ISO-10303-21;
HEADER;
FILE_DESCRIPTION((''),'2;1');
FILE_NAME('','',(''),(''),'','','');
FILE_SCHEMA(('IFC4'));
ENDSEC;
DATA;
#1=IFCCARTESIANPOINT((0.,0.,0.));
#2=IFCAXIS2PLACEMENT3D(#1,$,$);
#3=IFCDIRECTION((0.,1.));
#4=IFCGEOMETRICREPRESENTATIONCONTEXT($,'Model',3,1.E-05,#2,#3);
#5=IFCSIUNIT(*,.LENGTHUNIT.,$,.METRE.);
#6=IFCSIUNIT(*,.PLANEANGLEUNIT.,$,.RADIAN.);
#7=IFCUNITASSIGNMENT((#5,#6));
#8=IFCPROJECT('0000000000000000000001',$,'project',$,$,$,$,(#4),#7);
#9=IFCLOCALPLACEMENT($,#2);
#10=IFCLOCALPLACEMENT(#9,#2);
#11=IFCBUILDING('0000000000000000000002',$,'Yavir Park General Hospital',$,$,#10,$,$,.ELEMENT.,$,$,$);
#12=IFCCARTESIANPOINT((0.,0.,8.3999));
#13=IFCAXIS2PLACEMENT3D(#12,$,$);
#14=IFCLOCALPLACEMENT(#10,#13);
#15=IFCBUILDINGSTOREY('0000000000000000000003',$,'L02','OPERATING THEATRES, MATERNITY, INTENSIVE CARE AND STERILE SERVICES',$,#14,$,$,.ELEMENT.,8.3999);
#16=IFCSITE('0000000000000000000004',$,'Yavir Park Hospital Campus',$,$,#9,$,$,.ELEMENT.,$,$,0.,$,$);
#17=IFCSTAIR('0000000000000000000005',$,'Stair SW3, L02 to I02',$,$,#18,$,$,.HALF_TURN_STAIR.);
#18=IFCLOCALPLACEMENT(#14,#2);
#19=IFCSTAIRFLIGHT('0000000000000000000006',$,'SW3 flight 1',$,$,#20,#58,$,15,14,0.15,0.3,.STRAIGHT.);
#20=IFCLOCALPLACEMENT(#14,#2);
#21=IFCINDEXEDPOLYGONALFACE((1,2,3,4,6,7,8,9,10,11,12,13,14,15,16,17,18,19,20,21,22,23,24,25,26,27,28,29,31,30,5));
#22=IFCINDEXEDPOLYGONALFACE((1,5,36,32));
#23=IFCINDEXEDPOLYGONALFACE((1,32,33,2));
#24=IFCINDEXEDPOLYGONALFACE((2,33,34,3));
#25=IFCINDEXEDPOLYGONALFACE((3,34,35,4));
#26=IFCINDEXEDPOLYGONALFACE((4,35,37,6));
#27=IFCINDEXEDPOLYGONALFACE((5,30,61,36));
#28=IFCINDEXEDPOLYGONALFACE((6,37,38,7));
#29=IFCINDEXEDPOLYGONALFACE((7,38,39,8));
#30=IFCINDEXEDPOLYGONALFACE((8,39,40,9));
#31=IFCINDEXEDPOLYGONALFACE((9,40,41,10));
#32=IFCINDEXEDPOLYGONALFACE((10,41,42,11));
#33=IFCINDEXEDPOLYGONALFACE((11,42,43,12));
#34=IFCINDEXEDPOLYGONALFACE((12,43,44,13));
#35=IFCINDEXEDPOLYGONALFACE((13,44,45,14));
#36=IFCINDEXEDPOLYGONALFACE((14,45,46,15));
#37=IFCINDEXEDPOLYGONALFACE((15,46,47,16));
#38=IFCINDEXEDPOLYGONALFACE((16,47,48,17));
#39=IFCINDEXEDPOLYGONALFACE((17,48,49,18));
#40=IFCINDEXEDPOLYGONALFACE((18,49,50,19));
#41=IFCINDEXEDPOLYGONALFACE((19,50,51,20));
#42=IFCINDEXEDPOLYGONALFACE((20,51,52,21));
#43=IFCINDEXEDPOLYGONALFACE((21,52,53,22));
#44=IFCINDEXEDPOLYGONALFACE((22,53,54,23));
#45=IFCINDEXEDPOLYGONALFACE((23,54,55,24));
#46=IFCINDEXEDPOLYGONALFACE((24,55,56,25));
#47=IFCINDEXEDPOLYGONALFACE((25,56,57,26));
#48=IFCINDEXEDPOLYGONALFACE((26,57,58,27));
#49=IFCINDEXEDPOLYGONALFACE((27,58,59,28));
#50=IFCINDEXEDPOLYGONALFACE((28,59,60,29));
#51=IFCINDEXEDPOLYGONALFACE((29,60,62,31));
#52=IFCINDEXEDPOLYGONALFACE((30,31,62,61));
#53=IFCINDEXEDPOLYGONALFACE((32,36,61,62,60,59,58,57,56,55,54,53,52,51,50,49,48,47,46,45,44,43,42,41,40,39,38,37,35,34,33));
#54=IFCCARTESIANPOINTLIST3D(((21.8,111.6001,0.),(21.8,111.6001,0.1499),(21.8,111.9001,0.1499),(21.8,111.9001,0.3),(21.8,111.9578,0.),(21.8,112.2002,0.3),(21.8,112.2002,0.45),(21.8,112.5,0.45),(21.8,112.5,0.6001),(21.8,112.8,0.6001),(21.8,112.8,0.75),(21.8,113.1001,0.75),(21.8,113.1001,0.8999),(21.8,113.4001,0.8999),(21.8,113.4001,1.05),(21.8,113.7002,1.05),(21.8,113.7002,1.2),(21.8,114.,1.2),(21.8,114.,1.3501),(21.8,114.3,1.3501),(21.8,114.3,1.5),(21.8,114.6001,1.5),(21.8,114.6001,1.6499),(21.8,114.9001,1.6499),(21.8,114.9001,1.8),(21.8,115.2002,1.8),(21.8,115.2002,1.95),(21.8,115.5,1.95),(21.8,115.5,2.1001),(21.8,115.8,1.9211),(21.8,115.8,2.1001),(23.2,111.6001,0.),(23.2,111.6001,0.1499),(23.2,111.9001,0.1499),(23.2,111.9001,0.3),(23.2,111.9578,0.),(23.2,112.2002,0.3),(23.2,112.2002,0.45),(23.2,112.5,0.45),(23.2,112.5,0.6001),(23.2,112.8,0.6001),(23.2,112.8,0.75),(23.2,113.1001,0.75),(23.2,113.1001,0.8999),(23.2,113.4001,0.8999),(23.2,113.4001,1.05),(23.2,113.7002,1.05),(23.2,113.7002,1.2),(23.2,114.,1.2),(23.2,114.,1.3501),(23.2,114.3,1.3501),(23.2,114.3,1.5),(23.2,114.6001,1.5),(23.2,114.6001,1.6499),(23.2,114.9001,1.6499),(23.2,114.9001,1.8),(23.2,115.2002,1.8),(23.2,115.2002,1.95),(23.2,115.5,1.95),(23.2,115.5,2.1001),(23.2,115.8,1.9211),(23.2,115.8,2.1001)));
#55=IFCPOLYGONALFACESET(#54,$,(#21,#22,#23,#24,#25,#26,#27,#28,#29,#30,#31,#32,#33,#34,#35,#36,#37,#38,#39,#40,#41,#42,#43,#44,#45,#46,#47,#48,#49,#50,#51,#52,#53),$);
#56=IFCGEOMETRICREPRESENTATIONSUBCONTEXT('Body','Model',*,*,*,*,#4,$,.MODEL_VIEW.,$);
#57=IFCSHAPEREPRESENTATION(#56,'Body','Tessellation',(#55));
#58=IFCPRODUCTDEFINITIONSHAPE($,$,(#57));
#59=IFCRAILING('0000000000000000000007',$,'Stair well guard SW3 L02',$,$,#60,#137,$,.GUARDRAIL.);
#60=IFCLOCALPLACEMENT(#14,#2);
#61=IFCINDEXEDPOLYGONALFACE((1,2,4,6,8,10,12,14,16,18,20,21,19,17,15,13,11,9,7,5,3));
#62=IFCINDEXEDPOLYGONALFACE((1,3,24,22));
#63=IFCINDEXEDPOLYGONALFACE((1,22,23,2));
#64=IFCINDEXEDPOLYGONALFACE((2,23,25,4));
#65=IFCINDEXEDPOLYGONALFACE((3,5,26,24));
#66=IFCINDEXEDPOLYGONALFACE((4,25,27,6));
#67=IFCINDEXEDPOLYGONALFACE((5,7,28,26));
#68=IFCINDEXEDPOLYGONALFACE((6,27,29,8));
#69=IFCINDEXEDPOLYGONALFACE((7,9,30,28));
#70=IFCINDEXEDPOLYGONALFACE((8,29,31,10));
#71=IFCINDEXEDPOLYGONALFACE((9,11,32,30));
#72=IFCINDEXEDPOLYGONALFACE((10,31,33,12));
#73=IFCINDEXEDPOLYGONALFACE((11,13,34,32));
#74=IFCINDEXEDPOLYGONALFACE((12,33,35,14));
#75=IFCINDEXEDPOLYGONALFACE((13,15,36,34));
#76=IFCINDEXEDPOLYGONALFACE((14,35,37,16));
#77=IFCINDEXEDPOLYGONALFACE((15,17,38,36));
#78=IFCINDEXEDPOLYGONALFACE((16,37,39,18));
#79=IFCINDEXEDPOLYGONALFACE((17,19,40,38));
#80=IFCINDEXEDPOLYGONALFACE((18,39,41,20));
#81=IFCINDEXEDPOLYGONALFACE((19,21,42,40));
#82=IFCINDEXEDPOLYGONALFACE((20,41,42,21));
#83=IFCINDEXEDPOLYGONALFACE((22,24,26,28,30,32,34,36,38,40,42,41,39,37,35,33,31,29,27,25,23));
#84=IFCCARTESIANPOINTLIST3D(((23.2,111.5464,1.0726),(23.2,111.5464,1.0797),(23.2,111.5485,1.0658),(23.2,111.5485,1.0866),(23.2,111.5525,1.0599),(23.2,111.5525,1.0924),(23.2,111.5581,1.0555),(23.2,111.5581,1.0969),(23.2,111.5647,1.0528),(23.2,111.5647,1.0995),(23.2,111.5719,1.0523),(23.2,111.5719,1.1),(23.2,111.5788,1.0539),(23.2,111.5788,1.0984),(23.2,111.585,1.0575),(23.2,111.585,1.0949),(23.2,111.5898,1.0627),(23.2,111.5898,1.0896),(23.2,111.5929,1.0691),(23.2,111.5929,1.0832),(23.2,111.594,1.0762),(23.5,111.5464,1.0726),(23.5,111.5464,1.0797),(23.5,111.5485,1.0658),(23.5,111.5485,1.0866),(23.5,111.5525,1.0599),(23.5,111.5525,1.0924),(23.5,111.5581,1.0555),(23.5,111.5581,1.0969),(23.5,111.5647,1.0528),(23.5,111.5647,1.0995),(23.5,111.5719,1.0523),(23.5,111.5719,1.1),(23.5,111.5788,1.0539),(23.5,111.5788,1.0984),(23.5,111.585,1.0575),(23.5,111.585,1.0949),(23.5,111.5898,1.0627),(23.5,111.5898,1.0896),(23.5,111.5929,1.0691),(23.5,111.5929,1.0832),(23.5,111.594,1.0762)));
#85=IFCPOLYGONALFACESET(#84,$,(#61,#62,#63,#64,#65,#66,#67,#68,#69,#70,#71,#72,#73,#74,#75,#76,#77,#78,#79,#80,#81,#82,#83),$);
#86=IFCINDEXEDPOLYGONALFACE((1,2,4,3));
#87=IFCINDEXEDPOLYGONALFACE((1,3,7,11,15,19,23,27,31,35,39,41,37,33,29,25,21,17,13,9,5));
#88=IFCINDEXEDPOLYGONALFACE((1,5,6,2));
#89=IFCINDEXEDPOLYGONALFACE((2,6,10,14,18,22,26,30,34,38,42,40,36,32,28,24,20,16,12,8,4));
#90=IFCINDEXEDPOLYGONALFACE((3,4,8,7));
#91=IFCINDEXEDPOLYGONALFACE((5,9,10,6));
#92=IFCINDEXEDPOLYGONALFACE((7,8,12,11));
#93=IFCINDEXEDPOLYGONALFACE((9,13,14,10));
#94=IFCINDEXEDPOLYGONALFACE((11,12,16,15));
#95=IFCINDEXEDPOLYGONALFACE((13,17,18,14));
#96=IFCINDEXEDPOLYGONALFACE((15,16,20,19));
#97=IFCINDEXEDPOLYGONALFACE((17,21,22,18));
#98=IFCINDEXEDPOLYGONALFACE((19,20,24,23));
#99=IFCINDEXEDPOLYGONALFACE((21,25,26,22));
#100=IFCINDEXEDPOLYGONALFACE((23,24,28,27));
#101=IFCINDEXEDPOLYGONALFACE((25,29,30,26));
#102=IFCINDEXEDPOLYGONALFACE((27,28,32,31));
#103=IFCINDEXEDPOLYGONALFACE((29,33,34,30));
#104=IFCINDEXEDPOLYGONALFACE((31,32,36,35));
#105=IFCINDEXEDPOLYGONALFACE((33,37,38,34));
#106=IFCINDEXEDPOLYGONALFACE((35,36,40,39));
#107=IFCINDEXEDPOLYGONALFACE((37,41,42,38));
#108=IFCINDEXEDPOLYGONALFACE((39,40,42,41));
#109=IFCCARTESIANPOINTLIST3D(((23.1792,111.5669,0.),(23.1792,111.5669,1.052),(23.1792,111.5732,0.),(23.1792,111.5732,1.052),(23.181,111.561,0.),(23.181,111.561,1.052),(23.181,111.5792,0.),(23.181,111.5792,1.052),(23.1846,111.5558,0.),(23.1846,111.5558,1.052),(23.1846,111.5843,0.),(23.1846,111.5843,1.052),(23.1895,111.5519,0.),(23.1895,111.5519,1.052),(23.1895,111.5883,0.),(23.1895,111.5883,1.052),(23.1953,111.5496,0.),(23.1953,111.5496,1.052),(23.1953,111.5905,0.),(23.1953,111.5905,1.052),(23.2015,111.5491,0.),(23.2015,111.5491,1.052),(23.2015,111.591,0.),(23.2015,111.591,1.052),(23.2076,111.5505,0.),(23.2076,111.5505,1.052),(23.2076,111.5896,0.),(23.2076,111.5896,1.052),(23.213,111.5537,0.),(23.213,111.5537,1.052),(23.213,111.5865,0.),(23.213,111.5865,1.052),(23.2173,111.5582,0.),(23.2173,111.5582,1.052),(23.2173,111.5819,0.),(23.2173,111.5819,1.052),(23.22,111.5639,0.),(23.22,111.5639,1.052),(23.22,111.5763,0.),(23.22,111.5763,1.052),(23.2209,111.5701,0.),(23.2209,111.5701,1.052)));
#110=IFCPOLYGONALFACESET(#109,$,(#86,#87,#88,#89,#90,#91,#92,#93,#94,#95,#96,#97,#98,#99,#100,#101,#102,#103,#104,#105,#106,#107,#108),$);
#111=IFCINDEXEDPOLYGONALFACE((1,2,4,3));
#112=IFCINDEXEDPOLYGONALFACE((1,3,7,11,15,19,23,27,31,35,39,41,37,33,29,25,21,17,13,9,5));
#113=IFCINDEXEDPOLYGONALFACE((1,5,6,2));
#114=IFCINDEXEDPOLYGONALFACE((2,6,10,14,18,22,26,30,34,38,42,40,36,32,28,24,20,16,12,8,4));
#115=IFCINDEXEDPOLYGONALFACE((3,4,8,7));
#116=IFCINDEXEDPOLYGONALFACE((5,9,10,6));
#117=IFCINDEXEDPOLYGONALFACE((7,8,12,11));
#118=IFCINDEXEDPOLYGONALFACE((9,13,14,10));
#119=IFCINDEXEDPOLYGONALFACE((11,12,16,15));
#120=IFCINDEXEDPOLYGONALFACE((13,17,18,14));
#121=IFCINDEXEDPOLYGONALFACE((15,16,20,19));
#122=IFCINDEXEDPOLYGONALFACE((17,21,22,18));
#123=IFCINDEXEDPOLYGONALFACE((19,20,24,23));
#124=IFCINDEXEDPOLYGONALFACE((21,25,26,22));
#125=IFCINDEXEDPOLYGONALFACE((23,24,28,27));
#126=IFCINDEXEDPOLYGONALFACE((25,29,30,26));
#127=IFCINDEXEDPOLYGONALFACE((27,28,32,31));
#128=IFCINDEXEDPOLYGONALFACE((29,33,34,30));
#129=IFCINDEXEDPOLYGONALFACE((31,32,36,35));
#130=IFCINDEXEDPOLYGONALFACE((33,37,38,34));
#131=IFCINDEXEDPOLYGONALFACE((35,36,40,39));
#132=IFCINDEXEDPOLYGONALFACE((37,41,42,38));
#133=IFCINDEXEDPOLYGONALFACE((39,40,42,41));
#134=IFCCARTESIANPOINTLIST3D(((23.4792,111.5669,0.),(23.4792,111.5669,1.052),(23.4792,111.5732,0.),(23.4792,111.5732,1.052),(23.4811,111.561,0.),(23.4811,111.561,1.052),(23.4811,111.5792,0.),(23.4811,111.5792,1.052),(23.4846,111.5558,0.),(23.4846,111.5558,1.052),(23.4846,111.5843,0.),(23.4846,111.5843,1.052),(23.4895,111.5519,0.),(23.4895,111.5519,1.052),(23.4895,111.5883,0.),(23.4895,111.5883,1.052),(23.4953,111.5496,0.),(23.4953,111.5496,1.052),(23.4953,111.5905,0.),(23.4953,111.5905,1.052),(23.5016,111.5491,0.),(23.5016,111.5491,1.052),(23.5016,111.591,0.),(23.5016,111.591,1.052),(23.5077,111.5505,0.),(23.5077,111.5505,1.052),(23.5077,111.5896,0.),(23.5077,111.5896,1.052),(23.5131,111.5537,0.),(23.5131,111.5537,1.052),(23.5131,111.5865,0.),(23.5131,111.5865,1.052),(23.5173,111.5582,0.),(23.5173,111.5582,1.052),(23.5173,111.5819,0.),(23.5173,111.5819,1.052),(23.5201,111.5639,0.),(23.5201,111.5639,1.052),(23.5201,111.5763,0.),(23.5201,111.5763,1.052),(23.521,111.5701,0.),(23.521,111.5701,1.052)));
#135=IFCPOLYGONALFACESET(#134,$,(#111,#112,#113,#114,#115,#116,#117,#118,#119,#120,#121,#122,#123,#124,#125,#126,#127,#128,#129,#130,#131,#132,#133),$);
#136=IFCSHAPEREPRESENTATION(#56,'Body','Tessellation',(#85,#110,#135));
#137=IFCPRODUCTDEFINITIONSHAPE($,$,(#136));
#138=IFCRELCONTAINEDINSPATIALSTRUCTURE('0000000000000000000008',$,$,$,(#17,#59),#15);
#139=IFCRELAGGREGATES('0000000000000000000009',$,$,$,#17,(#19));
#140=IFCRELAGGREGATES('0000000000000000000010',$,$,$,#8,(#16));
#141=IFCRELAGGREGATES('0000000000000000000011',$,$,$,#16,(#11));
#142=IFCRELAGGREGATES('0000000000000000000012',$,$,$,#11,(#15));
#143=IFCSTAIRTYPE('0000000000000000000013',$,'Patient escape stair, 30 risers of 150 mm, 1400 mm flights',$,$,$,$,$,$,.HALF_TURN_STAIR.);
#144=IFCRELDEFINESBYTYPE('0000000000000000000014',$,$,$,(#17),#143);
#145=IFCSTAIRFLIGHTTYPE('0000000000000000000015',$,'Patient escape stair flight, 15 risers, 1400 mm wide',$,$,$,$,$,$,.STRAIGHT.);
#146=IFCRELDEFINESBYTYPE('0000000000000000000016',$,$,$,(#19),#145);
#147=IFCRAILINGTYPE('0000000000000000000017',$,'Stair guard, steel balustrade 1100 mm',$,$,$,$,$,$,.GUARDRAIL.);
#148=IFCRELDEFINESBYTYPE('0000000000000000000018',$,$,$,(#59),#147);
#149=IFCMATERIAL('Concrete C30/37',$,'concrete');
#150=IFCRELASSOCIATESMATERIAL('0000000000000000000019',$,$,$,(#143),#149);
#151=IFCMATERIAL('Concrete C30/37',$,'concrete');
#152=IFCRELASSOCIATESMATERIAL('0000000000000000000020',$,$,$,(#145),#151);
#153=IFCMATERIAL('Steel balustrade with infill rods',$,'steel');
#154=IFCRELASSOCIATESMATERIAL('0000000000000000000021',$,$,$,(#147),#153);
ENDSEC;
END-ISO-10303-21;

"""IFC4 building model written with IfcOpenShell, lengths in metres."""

from ifc_helpers import new_model, si_unit, direction, frame, origin, origin_2d, place, context, subcontext, project, spatial, polyline, circle, outline, extrude, material, type_object, element, aggregate, save


model = new_model("IFC4")

# Units and contexts
model_context = context("Model", 3, precision=1e-05, world=origin(), true_north=direction((0.0, 1.0)))
body_context = subcontext(model_context, "Body", "Model", "MODEL_VIEW")
ifc_project = project(units=[si_unit("LENGTHUNIT", "METRE"), si_unit("PLANEANGLEUNIT", "RADIAN")], contexts=[model_context])

# Site, building, storey
site_placement = place(None, origin())
site = spatial("IfcSite", under=ifc_project, at=site_placement, Name="Yavir Park Hospital Campus", CompositionType="ELEMENT", RefElevation=0.0)
building_placement = place(site_placement, origin())
building = spatial("IfcBuilding", under=site, at=building_placement, Name="Yavir Park General Hospital", CompositionType="ELEMENT")
storey_placement = place(building_placement, frame((0.0, 0.0, 8.3999)))
storey = spatial("IfcBuildingStorey", under=building, at=storey_placement, Name="L02", Description="OPERATING THEATRES, MATERNITY, INTENSIVE CARE AND STERILE SERVICES", CompositionType="ELEMENT", Elevation=8.3999)

# Stair, stair flight
ifc_material_1 = material(Name="Concrete C30/37", Category="concrete")
stair_type = type_object("IfcStairType", Name="Patient escape stair, 30 risers of 150 mm, 1400 mm flights", PredefinedType="HALF_TURN_STAIR", material=ifc_material_1)
stair_placement = place(storey_placement, origin())
stair = element("IfcStair", 1, at=stair_placement, inside=storey, type_object=stair_type, Name="Stair SW3, L02 to I02", PredefinedType="HALF_TURN_STAIR")
ifc_material_2 = material(Name="Concrete C30/37", Category="concrete")
stair_flight_type = type_object("IfcStairFlightType", Name="Patient escape stair flight, 15 risers, 1400 mm wide", PredefinedType="STRAIGHT", material=ifc_material_2)
stair_flight_placement = place(storey_placement, frame((22.5, 111.6001, 0.0), z_axis=(0.0, 0.0, 1.0), x_axis=(0.0, 1.0, 0.0)))
stair_flight = element("IfcStairFlight", 2, at=stair_flight_placement, type_object=stair_flight_type, Name="SW3 flight 1", NumberOfRisers=15, NumberOfTreads=14, PredefinedType="STRAIGHT", RiserHeight=0.15, TreadLength=0.3, context=body_context, shape_type="SweptSolid", body=[
    extrude(outline(polyline([(0.0, 0.0), (0.0, 0.1499), (0.3, 0.1499), (0.3, 0.3), (0.6001, 0.3), (0.6001, 0.45), (0.8999, 0.45), (0.8999, 0.6001), (1.2, 0.6001), (1.2, 0.75), (1.5, 0.75), (1.5, 0.8999), (1.8, 0.8999), (1.8, 1.05), (2.1001, 1.05), (2.1001, 1.2), (2.3999, 1.2), (2.3999, 1.3501), (2.7, 1.3501), (2.7, 1.5), (3.0, 1.5), (3.0, 1.6499), (3.3, 1.6499), (3.3, 1.8), (3.6001, 1.8), (3.6001, 1.95), (3.8999, 1.95), (3.8999, 2.1001), (4.2, 2.1001), (4.2, 2.25), (4.2, 1.9211), (0.3577, 0.0), (0.0, 0.0)])), frame((0.0, 0.7, 0.0), z_axis=(0.0, -1.0, 0.0), x_axis=(1.0, 0.0, 0.0)), (0.0, 0.0, 1.0), 1.3999),
])
aggregate(stair, [stair_flight])

# Railing
ifc_material_3 = material(Name="Steel balustrade with infill rods", Category="steel")
railing_type_1 = type_object("IfcRailingType", Name="Stair guard, steel balustrade 1100 mm", PredefinedType="GUARDRAIL", material=ifc_material_3)
railing_placement = place(storey_placement, frame((23.2, 111.5701, 0.0)))
element("IfcRailing", 3, at=railing_placement, inside=storey, type_object=railing_type_1, Name="Stair well guard SW3 L02", PredefinedType="GUARDRAIL", context=body_context, shape_type="SweptSolid", body=[
    extrude(circle(Radius=0.0239, at=origin_2d()), frame((0.0, 0.0, 1.0762), z_axis=(1.0, 0.0, 0.0), x_axis=(0.0, 1.0, 0.0)), (0.0, 0.0, 1.0), 0.3),
    extrude(circle(Radius=0.021, at=origin_2d()), origin(), (0.0, 0.0, 1.0), 1.052),
    extrude(circle(Radius=0.021, at=origin_2d()), frame((0.3, 0.0, 0.0)), (0.0, 0.0, 1.0), 1.052),
])

save(model, "model.ifc")
